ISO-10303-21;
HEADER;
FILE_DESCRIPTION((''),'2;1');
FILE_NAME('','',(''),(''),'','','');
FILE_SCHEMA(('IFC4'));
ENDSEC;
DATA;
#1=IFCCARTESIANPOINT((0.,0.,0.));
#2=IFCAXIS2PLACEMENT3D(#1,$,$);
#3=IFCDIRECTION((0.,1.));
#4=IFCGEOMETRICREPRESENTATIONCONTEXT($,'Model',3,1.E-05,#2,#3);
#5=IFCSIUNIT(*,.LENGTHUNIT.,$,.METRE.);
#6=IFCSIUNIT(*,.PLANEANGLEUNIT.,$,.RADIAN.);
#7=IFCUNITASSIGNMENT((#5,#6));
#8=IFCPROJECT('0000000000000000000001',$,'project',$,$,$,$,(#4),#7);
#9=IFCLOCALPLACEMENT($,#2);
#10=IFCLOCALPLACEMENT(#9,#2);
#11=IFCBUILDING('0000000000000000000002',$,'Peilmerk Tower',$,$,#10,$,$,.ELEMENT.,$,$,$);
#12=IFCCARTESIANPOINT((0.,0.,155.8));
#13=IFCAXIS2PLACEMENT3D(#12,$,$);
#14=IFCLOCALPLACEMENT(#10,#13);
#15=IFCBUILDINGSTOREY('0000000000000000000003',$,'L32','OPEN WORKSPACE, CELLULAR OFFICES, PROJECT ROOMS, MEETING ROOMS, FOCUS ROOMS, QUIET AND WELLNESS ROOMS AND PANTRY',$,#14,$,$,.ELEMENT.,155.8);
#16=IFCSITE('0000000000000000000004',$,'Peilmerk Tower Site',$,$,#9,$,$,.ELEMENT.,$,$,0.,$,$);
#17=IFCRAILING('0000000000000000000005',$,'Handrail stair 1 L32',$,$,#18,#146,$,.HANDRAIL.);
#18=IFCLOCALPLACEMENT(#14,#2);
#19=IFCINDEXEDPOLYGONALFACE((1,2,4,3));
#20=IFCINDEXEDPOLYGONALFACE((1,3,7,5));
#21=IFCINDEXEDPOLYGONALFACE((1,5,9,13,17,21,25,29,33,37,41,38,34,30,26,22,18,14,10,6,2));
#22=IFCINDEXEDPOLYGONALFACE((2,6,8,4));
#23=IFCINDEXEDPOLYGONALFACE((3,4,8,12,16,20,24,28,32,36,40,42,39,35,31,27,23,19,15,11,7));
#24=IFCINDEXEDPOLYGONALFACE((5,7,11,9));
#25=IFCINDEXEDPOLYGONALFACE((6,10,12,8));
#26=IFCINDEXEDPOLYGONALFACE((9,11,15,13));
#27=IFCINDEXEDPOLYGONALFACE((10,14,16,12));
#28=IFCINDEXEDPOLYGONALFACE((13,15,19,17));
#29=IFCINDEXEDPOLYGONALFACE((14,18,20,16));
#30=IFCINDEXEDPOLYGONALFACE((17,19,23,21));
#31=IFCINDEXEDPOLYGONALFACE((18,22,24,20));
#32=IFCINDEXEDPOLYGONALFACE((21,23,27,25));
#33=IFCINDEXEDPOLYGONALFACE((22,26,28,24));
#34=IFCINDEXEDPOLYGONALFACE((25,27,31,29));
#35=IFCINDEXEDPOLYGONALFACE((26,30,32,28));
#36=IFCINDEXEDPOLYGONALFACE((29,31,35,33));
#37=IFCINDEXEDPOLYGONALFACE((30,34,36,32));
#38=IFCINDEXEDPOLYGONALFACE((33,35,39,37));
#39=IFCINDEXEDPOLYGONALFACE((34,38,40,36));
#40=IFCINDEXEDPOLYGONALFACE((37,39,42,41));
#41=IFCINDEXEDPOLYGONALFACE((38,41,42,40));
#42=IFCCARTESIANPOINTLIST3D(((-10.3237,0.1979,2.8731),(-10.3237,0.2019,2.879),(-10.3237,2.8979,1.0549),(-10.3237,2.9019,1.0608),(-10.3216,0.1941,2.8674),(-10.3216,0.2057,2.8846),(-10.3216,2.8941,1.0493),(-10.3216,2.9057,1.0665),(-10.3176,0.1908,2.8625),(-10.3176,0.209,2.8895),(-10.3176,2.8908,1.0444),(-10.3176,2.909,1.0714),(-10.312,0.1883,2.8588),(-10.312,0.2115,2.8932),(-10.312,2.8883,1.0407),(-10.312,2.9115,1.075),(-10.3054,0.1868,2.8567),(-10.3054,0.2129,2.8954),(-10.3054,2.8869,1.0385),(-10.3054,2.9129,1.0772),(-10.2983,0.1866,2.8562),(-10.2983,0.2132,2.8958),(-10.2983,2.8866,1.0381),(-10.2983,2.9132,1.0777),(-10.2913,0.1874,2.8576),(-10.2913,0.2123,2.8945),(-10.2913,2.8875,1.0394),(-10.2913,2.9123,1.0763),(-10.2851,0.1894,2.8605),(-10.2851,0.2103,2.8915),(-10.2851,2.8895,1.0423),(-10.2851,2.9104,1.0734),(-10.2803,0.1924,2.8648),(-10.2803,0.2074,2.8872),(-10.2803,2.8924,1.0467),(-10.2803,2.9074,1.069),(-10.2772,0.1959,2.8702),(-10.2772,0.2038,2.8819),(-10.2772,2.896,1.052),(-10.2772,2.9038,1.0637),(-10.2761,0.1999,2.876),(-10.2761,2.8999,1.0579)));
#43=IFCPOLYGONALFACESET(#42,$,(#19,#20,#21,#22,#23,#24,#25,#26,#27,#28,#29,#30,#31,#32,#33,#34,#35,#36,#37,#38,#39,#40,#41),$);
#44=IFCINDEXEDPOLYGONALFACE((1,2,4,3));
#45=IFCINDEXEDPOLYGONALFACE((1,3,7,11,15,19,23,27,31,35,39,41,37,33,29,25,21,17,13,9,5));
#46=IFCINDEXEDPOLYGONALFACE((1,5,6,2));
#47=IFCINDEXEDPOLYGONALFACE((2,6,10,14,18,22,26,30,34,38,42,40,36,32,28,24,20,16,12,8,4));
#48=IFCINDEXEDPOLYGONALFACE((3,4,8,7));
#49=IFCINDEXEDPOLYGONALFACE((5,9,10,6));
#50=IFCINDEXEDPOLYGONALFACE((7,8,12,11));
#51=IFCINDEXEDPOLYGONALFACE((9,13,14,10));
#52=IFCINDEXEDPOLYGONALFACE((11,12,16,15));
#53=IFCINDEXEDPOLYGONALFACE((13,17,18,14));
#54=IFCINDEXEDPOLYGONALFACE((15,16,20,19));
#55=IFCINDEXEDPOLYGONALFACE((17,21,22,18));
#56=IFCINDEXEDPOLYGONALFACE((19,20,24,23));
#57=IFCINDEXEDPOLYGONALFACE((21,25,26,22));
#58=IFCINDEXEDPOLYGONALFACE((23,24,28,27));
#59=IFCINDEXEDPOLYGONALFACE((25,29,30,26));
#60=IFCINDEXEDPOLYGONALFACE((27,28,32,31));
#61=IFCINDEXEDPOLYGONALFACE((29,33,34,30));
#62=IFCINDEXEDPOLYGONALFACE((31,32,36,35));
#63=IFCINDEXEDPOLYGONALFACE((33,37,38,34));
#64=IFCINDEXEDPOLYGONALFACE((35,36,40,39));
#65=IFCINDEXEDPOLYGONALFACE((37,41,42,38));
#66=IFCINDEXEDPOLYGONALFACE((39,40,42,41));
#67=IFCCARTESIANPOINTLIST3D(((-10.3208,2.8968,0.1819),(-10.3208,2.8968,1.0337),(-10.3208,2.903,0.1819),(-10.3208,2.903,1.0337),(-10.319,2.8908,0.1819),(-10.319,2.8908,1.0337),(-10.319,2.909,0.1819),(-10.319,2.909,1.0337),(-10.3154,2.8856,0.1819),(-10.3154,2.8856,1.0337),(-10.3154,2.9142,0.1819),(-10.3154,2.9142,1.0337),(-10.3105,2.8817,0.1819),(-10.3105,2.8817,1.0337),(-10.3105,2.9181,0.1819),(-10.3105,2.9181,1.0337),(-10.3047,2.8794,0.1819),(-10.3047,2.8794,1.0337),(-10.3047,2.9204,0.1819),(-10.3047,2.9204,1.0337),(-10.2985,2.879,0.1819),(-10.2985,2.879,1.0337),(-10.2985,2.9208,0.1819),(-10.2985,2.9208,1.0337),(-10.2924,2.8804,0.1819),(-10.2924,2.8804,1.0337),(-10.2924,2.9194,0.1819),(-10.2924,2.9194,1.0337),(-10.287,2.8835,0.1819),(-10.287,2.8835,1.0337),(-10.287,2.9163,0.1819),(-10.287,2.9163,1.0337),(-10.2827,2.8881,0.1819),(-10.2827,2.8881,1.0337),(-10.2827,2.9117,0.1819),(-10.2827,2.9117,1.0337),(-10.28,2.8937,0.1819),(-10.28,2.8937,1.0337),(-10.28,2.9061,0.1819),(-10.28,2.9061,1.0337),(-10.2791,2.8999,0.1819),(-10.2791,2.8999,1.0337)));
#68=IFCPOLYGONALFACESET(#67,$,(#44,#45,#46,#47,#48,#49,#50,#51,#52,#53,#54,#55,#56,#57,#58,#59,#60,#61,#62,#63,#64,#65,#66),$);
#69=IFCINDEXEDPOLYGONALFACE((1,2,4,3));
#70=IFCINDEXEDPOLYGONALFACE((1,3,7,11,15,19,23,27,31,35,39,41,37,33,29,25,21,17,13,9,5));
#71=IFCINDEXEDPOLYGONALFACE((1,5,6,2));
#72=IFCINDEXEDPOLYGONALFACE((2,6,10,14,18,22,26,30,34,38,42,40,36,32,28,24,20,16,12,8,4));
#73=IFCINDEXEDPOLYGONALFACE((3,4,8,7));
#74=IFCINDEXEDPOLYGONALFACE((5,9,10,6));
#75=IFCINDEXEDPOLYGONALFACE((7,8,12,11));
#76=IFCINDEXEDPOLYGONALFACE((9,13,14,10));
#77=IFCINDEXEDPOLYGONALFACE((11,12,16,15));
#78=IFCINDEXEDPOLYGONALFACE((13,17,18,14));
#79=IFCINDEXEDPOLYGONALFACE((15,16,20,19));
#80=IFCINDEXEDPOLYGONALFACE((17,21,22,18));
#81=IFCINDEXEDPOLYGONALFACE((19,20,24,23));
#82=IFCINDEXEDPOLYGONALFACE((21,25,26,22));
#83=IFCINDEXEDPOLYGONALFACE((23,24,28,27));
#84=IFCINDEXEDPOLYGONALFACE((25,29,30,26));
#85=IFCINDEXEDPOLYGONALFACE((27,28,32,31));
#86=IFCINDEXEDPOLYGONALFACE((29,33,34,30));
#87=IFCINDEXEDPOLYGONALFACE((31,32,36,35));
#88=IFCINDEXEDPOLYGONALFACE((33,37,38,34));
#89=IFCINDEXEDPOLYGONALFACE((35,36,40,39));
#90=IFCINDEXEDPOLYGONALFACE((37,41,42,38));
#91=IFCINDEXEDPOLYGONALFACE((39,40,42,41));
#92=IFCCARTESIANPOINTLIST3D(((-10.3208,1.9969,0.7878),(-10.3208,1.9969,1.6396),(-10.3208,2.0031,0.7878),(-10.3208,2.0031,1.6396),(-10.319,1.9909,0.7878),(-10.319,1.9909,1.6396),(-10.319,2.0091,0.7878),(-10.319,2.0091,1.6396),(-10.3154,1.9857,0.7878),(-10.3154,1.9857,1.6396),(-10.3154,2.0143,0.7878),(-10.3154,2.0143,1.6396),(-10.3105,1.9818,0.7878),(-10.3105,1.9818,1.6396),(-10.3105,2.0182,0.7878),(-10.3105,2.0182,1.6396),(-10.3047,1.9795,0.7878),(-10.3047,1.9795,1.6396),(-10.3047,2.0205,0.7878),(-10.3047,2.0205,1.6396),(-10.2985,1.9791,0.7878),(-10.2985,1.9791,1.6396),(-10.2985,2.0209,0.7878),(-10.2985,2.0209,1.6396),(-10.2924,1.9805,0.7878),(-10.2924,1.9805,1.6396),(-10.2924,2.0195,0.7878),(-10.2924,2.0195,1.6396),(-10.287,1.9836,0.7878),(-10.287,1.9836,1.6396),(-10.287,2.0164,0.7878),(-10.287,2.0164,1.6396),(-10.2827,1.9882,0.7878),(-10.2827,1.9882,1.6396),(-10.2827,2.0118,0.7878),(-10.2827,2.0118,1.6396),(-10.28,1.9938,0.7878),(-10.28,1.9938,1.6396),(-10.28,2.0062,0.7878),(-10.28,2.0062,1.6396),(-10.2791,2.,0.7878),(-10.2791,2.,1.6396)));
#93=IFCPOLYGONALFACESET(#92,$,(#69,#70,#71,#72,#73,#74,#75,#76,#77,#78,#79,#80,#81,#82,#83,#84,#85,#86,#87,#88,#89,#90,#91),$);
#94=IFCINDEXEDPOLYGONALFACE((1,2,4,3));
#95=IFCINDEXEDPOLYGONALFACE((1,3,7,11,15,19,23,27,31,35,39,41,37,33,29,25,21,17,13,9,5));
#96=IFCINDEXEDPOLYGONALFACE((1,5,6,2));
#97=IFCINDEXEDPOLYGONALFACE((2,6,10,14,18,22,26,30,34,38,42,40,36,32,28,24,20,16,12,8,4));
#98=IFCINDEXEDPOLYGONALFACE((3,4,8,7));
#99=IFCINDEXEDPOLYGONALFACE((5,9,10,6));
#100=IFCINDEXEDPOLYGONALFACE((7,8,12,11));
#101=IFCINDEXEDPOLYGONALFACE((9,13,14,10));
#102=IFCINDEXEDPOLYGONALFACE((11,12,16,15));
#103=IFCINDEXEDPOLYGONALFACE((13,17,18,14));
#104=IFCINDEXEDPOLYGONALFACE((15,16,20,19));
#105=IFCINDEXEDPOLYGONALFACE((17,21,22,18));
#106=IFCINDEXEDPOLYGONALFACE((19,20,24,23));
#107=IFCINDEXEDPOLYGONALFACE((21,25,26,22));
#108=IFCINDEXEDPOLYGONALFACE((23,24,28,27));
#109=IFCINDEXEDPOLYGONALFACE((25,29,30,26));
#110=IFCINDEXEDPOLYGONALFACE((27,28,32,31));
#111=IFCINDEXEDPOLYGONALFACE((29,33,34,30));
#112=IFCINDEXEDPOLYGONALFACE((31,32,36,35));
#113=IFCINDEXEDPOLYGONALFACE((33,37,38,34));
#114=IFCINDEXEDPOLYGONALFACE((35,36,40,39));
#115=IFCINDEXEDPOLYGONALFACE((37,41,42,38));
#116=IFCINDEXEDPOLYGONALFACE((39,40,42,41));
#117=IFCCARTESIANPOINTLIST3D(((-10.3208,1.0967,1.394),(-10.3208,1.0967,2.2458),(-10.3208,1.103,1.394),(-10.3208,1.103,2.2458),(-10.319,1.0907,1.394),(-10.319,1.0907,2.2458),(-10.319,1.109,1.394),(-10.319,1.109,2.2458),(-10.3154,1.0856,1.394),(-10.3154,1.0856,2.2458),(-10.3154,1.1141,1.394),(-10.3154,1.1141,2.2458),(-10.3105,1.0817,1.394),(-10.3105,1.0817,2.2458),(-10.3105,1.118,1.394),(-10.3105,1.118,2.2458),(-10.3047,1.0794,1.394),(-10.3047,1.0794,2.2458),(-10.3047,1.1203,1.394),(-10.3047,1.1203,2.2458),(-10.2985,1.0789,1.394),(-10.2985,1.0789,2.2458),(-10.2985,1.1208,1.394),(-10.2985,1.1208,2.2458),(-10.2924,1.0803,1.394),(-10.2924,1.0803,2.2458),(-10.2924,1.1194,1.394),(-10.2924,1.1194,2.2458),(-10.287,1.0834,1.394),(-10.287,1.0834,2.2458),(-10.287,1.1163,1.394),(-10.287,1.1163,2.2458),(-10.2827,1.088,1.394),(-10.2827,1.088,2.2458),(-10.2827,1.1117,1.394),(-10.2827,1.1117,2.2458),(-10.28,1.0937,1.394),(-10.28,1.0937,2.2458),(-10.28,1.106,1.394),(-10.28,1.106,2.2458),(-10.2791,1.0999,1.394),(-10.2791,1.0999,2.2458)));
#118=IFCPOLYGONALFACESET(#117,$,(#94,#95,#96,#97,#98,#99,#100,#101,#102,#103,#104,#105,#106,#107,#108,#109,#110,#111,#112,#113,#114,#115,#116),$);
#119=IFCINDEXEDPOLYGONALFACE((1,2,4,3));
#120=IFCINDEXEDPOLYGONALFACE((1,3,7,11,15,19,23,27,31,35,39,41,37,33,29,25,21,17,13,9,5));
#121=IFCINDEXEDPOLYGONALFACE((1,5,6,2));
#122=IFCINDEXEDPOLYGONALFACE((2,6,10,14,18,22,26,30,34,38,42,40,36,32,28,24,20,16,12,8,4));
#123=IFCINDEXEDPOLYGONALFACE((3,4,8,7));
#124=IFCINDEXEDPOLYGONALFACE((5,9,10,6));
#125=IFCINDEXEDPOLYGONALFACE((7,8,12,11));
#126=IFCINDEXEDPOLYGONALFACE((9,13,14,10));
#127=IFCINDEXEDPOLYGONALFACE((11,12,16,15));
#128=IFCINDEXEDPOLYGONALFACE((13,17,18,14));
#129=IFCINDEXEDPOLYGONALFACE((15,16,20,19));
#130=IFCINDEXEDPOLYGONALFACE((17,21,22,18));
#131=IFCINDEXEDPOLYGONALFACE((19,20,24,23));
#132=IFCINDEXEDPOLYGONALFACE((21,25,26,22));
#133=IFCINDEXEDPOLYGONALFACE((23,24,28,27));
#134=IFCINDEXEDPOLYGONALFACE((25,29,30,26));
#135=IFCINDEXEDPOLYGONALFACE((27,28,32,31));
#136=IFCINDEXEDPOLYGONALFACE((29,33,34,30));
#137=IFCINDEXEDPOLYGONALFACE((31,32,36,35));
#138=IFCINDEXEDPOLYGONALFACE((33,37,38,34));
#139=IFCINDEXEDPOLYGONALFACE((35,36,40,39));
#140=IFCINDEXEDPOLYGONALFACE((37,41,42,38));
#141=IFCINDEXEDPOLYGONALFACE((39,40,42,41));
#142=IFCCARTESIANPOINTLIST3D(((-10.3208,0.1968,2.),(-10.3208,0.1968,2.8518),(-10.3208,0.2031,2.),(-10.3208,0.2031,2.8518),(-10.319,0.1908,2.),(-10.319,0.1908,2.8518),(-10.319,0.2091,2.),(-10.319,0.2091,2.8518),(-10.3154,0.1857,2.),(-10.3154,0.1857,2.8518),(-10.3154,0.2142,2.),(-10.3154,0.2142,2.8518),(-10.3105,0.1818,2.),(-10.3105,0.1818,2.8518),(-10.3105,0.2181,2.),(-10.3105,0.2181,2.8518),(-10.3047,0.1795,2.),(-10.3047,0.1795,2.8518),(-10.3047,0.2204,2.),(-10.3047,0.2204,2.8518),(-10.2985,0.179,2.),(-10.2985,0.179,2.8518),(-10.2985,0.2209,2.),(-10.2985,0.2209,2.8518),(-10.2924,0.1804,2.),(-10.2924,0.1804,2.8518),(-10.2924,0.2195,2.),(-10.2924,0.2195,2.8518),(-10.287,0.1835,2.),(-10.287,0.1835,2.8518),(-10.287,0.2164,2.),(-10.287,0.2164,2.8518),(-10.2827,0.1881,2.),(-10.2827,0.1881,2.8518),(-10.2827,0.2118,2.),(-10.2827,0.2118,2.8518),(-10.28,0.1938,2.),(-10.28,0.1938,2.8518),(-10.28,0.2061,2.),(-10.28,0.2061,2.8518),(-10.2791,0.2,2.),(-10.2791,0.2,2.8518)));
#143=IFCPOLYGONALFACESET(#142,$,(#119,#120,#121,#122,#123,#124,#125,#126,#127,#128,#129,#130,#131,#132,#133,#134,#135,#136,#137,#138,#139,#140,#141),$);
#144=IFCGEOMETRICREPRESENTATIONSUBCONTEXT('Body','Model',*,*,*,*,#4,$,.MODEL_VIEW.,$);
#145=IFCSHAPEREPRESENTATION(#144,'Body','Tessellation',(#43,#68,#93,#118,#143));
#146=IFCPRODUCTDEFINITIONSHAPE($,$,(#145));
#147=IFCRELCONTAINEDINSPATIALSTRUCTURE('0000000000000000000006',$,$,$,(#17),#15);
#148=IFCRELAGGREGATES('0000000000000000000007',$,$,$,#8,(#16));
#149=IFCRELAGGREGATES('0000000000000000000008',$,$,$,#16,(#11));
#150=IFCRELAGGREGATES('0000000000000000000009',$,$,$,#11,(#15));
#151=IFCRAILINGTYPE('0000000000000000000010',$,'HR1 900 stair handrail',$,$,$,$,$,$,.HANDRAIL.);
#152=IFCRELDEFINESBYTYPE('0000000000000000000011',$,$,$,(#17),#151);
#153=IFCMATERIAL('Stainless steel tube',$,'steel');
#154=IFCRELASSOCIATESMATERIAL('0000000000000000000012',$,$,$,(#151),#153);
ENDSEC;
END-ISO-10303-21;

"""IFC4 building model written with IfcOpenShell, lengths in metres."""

from ifc_helpers import new_model, si_unit, direction, frame, origin, origin_2d, place, context, subcontext, project, spatial, circle, extrude, material, type_object, element, save


model = new_model("IFC4")

# Units and contexts
model_context = context("Model", 3, precision=1e-05, world=origin(), true_north=direction((0.0, 1.0)))
body_context = subcontext(model_context, "Body", "Model", "MODEL_VIEW")
ifc_project = project(units=[si_unit("LENGTHUNIT", "METRE"), si_unit("PLANEANGLEUNIT", "RADIAN")], contexts=[model_context])

# Site, building, storey
site_placement = place(None, origin())
site = spatial("IfcSite", under=ifc_project, at=site_placement, Name="Peilmerk Tower Site", CompositionType="ELEMENT", RefElevation=0.0)
building_placement = place(site_placement, origin())
building = spatial("IfcBuilding", under=site, at=building_placement, Name="Peilmerk Tower", CompositionType="ELEMENT")
storey_placement = place(building_placement, frame((0.0, 0.0, 155.8)))
storey = spatial("IfcBuildingStorey", under=building, at=storey_placement, Name="L32", Description="OPEN WORKSPACE, CELLULAR OFFICES, PROJECT ROOMS, MEETING ROOMS, FOCUS ROOMS, QUIET AND WELLNESS ROOMS AND PANTRY", CompositionType="ELEMENT", Elevation=155.8)

# Railing
ifc_material_1 = material(Name="Stainless steel tube", Category="steel")
railing_type_1 = type_object("IfcRailingType", Name="HR1 900 stair handrail", PredefinedType="HANDRAIL", material=ifc_material_1)
railing_1_placement = place(storey_placement, frame((-10.3, 2.8999, 0.1819)))
element("IfcRailing", 1, at=railing_1_placement, inside=storey, type_object=railing_type_1, Name="Handrail stair 1 L32", PredefinedType="HANDRAIL", context=body_context, shape_type="SweptSolid", body=[
    extrude(circle(Radius=0.0239, at=origin_2d()), frame((0.0, 0.0, 0.876), z_axis=(0.0, -0.829468, 0.558554), x_axis=(1.0, 0.0, 0.0)), (0.0, 0.0, 1.0), 3.2551),
    extrude(circle(Radius=0.021, at=origin_2d()), origin(), (0.0, 0.0, 1.0), 0.8518),
    extrude(circle(Radius=0.021, at=origin_2d()), frame((0.0, -0.8999, 0.606)), (0.0, 0.0, 1.0), 0.8518),
    extrude(circle(Radius=0.021, at=origin_2d()), frame((0.0, -1.8, 1.2122)), (0.0, 0.0, 1.0), 0.8518),
    extrude(circle(Radius=0.021, at=origin_2d()), frame((0.0, -2.7, 1.8181)), (0.0, 0.0, 1.0), 0.8518),
])

save(model, "model.ifc")
